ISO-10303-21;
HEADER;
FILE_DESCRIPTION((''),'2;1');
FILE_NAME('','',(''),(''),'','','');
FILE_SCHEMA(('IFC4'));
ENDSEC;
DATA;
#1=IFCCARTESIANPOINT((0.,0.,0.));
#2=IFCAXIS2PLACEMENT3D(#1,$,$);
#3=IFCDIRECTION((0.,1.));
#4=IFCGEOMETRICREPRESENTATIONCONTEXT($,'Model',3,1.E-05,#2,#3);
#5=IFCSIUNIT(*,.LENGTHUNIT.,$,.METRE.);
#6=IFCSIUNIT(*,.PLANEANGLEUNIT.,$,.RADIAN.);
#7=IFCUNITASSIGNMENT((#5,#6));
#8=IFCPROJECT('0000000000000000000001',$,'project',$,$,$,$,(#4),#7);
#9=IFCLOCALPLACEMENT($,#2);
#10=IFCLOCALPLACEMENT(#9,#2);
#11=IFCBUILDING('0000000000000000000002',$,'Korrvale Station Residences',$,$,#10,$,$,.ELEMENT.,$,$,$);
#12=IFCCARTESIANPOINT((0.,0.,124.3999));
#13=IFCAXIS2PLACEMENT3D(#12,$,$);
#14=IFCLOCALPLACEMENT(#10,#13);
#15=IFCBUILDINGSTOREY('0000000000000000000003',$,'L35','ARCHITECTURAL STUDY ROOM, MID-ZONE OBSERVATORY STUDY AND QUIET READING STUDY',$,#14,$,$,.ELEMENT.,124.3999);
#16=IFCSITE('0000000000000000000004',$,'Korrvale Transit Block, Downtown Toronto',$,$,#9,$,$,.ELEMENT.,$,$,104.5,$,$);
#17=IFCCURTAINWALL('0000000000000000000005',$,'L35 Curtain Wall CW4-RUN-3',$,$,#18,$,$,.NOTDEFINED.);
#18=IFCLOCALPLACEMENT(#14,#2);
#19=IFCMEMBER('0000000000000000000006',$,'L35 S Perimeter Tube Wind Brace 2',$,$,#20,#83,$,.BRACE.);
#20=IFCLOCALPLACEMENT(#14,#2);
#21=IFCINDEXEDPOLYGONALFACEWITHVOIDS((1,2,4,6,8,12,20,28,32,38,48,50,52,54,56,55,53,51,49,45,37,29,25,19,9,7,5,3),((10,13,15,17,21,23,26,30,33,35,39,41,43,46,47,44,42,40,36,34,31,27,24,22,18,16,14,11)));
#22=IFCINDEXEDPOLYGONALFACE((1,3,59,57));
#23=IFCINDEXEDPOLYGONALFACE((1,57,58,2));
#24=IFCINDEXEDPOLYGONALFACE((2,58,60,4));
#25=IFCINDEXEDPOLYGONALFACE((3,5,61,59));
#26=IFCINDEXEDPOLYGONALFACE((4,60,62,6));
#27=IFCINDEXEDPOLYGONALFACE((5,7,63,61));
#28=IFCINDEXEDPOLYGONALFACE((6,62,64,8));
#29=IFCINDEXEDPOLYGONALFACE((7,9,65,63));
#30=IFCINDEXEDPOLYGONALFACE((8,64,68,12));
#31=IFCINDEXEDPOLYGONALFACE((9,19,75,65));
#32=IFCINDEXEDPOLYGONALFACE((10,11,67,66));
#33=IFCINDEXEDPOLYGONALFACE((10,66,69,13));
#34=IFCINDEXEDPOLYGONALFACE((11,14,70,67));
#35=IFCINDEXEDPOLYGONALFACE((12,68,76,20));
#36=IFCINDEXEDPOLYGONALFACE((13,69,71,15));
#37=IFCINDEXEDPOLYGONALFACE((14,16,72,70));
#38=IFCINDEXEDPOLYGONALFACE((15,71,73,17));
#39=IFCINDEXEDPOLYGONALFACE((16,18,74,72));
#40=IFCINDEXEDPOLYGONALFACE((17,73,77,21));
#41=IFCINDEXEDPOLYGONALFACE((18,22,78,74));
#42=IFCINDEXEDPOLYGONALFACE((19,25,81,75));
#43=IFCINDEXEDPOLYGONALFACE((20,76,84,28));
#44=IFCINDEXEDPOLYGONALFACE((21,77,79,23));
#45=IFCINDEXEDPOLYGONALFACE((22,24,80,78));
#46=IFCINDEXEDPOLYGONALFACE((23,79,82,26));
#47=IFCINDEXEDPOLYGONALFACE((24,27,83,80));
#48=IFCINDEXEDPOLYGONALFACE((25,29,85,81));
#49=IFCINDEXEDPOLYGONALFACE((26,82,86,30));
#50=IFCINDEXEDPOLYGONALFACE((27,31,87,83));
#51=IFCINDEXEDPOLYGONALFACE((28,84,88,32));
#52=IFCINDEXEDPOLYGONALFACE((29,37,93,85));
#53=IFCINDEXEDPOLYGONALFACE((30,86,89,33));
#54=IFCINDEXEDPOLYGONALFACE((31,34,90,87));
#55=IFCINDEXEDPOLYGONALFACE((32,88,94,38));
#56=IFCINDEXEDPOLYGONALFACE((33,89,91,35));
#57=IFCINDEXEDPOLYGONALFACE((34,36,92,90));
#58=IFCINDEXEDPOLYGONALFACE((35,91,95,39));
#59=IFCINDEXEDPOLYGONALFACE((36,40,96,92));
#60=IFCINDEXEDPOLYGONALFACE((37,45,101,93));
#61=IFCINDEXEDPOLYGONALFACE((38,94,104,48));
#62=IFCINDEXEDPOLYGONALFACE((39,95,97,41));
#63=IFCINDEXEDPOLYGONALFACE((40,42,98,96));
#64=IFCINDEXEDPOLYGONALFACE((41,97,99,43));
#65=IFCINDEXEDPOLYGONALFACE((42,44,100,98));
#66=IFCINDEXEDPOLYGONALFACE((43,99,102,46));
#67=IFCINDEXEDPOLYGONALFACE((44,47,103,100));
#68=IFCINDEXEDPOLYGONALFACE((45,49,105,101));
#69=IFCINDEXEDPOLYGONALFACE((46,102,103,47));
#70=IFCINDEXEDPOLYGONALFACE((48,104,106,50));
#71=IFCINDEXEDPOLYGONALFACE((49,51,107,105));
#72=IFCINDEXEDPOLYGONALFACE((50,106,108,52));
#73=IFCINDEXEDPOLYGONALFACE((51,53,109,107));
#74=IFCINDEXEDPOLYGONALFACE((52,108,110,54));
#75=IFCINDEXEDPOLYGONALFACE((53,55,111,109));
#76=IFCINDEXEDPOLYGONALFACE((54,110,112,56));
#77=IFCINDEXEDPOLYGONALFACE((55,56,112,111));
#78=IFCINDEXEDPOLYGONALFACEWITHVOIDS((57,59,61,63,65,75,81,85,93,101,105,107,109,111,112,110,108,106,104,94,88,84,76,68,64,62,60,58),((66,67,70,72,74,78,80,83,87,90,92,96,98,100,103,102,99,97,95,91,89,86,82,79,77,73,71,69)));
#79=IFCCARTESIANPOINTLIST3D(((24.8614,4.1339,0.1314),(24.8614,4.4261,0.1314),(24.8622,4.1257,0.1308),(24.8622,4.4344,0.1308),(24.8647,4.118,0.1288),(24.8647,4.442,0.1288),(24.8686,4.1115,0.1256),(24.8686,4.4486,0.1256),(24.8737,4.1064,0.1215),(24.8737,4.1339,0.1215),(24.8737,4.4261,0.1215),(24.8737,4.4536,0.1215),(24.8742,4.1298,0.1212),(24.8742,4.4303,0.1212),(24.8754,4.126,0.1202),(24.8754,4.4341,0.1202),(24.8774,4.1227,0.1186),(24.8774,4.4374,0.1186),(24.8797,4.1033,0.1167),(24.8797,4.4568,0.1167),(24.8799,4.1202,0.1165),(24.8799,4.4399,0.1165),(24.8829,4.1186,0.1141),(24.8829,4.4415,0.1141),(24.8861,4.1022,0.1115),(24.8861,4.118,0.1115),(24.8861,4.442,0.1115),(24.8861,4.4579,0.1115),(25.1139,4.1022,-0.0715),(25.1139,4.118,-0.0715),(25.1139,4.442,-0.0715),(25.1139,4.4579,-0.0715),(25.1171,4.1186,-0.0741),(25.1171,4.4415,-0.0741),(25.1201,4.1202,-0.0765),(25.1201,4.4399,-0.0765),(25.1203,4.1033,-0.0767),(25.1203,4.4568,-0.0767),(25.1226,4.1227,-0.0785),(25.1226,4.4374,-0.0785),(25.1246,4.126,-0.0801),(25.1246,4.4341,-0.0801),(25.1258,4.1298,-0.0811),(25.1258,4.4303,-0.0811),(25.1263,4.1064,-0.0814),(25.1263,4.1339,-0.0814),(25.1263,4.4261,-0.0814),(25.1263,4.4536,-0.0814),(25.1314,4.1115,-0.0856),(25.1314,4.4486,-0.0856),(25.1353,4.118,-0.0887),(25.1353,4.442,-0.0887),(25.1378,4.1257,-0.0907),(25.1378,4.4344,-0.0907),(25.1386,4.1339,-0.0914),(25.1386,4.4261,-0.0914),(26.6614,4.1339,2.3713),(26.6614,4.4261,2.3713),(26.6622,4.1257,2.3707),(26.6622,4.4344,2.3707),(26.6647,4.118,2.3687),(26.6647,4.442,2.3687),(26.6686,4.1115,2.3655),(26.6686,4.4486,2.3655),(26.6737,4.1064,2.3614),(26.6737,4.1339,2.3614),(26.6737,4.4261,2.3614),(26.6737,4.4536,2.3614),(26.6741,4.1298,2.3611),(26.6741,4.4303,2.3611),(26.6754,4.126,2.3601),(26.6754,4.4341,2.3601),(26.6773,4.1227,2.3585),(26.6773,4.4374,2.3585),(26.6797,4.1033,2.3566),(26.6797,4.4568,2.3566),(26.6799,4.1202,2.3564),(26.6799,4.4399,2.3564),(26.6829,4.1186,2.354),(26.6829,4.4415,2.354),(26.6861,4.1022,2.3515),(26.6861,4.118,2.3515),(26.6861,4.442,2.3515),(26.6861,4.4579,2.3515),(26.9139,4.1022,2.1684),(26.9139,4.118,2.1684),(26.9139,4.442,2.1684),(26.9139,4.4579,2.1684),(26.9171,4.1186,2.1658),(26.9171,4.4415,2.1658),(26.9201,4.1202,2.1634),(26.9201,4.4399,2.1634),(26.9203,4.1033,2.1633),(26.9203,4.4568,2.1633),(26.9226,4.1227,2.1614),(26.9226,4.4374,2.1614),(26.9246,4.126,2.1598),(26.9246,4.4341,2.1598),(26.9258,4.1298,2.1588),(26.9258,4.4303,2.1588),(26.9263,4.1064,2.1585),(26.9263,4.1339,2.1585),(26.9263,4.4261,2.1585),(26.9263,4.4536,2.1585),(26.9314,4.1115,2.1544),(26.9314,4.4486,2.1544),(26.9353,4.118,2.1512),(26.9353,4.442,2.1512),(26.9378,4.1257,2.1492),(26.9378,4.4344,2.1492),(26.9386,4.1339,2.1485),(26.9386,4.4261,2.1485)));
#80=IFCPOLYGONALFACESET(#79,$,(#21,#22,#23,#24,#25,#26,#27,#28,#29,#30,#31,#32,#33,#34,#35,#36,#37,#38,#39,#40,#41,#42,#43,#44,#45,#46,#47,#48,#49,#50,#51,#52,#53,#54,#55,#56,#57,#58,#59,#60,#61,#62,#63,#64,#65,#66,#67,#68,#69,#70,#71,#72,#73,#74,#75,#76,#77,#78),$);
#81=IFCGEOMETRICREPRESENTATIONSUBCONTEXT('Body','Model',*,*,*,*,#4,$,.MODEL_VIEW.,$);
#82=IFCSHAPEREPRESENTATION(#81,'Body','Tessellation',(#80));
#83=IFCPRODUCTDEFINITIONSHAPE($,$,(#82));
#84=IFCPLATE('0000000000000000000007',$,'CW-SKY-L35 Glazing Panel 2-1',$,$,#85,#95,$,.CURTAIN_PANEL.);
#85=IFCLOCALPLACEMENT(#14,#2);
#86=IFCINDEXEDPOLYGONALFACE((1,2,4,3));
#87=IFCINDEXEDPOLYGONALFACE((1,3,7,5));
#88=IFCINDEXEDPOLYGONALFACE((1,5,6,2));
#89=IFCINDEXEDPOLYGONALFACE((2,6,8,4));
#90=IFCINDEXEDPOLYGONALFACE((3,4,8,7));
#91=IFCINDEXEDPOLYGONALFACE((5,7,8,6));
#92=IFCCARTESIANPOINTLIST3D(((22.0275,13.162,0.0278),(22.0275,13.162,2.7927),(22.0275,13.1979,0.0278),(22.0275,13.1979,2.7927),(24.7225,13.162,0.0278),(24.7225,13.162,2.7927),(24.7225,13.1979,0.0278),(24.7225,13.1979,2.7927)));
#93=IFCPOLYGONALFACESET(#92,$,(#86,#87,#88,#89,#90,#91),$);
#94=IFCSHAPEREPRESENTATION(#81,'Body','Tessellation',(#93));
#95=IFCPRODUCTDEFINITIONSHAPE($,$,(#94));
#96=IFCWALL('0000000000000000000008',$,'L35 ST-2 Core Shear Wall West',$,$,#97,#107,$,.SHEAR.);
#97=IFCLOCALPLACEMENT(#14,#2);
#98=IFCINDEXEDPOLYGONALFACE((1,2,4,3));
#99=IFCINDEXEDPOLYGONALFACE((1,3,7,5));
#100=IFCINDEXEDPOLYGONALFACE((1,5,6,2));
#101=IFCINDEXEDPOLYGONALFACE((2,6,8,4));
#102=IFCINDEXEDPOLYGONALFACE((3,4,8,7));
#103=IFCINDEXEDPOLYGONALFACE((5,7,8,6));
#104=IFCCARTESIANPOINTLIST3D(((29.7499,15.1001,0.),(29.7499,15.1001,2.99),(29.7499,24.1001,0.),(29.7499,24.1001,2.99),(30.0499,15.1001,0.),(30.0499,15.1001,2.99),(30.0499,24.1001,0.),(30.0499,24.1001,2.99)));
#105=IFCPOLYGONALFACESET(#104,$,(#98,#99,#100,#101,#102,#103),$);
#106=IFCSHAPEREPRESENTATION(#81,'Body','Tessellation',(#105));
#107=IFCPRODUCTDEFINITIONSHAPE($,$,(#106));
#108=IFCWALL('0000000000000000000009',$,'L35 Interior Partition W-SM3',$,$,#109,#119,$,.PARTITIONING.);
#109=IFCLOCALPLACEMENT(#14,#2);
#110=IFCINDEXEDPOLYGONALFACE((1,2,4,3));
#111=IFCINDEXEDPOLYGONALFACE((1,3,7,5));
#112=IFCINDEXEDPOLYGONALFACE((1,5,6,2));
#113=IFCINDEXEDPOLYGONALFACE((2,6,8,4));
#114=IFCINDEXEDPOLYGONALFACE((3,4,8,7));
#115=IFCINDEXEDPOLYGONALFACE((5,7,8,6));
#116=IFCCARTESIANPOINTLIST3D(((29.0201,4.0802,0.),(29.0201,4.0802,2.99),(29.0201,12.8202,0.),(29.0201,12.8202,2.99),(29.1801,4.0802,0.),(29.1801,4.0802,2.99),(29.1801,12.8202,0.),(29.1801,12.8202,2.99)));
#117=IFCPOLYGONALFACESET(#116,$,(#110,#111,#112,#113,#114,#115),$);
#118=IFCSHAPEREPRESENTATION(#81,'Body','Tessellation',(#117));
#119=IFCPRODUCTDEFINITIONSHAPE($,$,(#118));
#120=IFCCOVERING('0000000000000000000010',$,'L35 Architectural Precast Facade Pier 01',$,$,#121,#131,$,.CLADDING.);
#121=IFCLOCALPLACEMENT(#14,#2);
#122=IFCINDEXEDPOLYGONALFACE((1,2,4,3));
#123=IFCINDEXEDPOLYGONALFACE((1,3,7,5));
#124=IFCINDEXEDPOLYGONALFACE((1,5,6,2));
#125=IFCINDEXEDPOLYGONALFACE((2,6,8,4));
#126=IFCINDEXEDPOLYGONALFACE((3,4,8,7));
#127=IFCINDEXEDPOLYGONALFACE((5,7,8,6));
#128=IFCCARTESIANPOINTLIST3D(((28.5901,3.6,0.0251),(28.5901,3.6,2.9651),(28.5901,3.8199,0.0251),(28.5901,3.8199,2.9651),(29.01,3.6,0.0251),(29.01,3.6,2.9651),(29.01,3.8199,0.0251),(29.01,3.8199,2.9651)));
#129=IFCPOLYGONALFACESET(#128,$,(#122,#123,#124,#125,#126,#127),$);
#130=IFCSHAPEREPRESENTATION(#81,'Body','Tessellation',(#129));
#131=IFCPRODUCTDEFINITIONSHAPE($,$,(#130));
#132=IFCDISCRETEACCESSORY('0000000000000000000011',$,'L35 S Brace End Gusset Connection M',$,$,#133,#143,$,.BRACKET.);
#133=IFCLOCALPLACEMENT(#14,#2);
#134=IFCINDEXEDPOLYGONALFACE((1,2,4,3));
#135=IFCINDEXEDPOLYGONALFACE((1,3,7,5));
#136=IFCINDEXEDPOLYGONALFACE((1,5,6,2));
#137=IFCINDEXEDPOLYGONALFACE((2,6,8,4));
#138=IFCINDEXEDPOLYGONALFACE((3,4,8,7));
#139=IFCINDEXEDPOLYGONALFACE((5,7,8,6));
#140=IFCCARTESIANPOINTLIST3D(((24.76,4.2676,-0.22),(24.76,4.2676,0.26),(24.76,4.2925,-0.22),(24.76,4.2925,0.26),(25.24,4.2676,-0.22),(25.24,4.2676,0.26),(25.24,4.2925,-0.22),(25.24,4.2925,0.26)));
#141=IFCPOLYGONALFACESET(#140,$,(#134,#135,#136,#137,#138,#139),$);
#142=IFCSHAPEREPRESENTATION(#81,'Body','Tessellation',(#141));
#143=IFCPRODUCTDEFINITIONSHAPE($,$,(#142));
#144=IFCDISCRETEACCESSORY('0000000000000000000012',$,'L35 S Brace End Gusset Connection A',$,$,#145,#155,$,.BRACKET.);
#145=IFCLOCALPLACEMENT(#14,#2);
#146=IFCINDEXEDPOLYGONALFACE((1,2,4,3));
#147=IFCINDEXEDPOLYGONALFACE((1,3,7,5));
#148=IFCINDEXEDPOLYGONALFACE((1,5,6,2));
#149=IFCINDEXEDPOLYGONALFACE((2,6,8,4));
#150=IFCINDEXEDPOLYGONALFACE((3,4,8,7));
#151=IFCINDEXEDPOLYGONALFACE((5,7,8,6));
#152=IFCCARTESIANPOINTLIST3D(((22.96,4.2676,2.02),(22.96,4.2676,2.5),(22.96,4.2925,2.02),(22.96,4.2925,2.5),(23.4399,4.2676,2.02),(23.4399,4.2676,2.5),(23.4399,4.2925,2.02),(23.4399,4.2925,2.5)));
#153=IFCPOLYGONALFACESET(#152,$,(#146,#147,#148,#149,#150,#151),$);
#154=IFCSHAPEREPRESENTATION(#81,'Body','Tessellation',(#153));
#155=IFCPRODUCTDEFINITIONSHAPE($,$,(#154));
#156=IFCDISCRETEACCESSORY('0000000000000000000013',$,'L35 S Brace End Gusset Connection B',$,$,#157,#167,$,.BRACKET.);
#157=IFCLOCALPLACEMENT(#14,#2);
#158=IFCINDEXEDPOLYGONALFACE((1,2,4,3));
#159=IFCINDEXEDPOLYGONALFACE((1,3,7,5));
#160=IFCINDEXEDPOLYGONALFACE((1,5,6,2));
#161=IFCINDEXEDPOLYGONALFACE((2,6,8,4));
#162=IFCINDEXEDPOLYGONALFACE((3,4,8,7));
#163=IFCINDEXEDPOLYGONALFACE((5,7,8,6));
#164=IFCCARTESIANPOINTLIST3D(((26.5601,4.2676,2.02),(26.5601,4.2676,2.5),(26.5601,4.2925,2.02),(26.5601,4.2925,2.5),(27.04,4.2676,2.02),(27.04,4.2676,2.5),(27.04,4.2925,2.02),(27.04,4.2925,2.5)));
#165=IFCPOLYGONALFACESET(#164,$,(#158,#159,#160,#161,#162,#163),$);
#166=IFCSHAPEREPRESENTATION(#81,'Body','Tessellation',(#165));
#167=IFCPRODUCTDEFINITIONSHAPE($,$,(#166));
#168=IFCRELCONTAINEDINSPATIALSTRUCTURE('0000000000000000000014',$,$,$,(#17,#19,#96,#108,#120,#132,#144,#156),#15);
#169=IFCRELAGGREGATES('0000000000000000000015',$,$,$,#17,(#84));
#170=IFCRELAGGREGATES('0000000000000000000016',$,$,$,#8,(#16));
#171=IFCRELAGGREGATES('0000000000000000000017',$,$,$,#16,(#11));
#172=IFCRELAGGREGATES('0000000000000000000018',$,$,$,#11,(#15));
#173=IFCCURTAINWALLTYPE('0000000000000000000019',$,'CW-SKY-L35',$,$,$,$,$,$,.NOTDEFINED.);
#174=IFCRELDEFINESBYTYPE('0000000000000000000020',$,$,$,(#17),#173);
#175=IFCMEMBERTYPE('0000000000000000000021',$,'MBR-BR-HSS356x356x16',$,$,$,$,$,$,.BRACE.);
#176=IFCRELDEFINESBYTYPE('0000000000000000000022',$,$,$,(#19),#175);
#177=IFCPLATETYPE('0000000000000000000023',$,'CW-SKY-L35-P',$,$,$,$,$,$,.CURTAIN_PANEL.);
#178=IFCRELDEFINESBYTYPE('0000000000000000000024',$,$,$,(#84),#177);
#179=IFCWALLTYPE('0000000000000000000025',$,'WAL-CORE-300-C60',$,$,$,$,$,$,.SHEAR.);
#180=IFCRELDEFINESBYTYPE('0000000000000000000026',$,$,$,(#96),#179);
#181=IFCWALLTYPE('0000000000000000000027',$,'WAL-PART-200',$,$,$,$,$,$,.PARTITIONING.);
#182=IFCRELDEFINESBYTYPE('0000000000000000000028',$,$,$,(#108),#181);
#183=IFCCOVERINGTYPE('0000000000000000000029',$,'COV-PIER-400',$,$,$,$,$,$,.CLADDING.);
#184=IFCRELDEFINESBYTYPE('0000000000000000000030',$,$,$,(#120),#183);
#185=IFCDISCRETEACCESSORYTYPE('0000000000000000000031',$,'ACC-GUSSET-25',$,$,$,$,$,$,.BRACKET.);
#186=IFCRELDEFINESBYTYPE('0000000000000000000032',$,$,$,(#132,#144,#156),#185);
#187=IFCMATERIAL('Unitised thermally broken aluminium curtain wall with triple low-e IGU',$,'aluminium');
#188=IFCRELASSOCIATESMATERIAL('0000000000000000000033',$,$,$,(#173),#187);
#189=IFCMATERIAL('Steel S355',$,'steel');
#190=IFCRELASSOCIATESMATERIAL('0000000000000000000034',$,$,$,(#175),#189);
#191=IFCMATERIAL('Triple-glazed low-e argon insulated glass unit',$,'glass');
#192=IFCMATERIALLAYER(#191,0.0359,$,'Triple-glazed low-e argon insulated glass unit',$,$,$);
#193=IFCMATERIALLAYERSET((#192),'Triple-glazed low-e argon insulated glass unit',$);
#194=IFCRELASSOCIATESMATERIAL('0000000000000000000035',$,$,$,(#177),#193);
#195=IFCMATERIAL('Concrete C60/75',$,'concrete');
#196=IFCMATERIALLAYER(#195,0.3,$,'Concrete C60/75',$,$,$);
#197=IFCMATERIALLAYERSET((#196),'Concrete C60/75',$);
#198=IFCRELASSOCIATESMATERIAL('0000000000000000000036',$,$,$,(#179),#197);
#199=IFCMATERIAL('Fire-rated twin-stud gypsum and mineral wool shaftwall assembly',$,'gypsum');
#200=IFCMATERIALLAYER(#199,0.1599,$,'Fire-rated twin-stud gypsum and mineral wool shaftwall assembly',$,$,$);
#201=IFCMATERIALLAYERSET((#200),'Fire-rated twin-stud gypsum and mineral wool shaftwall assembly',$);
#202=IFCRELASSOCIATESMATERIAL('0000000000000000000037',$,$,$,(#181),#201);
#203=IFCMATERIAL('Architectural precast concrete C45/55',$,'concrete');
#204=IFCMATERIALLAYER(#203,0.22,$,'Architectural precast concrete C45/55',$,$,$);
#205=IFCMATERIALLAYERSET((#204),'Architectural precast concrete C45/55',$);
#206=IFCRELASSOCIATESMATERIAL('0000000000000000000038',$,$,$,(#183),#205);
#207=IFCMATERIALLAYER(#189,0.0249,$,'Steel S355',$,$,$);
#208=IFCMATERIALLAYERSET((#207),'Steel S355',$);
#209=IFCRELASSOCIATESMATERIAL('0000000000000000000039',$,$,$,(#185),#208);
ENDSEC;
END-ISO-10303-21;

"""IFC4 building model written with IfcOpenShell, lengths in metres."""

from ifc_helpers import new_model, si_unit, direction, frame, frame_2d, origin, origin_2d, place, context, subcontext, project, spatial, rectangle, hollow_rectangle, extrude, material, layer, layer_set, material_profile, profile_set, type_object, element, aggregate, save


model = new_model("IFC4")

# Units and contexts
model_context = context("Model", 3, precision=1e-05, world=origin(), true_north=direction((0.0, 1.0)))
body_context = subcontext(model_context, "Body", "Model", "MODEL_VIEW")
ifc_project = project(units=[si_unit("LENGTHUNIT", "METRE"), si_unit("PLANEANGLEUNIT", "RADIAN")], contexts=[model_context])

# Site, building, storey
site_placement = place(None, origin())
site = spatial("IfcSite", under=ifc_project, at=site_placement, Name="Korrvale Transit Block, Downtown Toronto", CompositionType="ELEMENT", RefElevation=104.5)
building_placement = place(site_placement, origin())
building = spatial("IfcBuilding", under=site, at=building_placement, Name="Korrvale Station Residences", CompositionType="ELEMENT")
storey_placement = place(building_placement, frame((0.0, 0.0, 124.3999)))
storey = spatial("IfcBuildingStorey", under=building, at=storey_placement, Name="L35", Description="ARCHITECTURAL STUDY ROOM, MID-ZONE OBSERVATORY STUDY AND QUIET READING STUDY", CompositionType="ELEMENT", Elevation=124.3999)

# Shared definitions
ifc_material_1 = material(Name="Concrete C60/75", Category="concrete")

# Curtain wall
ifc_material_2 = material(Name="Unitised thermally broken aluminium curtain wall with triple low-e IGU", Category="aluminium")
curtain_wall_type = type_object("IfcCurtainWallType", Name="CW-SKY-L35", PredefinedType="NOTDEFINED", material=ifc_material_2)
curtain_wall_placement = place(storey_placement, origin())
curtain_wall = element("IfcCurtainWall", 1, at=curtain_wall_placement, inside=storey, type_object=curtain_wall_type, Name="L35 Curtain Wall CW4-RUN-3", PredefinedType="NOTDEFINED")

# Member
ifc_material_3 = material(Name="Steel S355", Category="steel")
ifc_material_profile_1 = material_profile(ifc_material_3, hollow_rectangle(XDim=0.3557, YDim=0.3557, WallThickness=0.0159, InnerFilletRadius=0.0159, OuterFilletRadius=0.0317, at=origin_2d()), Name="HSS356x356x16")
ifc_profile_set_1 = profile_set([ifc_material_profile_1], Name="Steel S355")
member_type_1 = type_object("IfcMemberType", Name="MBR-BR-HSS356x356x16", PredefinedType="BRACE", material=ifc_profile_set_1)
for number, where, z_axis, x_axis, name in (
    (2, (25.0, 4.28, 0.02), (0.626403, 0.0, 0.779499), (0.0, 1.0, 0.0), "L35 S Perimeter Tube Wind Brace 2"),
):
    element("IfcMember", number, at=place(storey_placement, frame(where, z_axis=z_axis, x_axis=x_axis)), inside=storey, type_object=member_type_1, Name=name, PredefinedType="BRACE", context=body_context, shape_type="SweptSolid", body=[
        extrude(hollow_rectangle(XDim=0.3557, YDim=0.3557, WallThickness=0.0159, InnerFilletRadius=0.0159, OuterFilletRadius=0.0317, at=origin_2d()), origin(), (0.0, 0.0, 1.0), 2.8735),
    ])

# Plate
ifc_material_4 = material(Name="Triple-glazed low-e argon insulated glass unit", Category="glass")
ifc_layer_1 = layer(ifc_material_4, 0.0359, Name="Triple-glazed low-e argon insulated glass unit")
ifc_layer_set_1 = layer_set([ifc_layer_1], Name="Triple-glazed low-e argon insulated glass unit")
plate_type = type_object("IfcPlateType", Name="CW-SKY-L35-P", PredefinedType="CURTAIN_PANEL", material=ifc_layer_set_1)
plate_placement = place(storey_placement, frame((23.375, 13.1799, 0.0278), z_axis=(0.0, 0.0, 1.0), x_axis=(1.0, 0.0, 0.0)))
plate = element("IfcPlate", 3, at=plate_placement, type_object=plate_type, Name="CW-SKY-L35 Glazing Panel 2-1", PredefinedType="CURTAIN_PANEL", context=body_context, shape_type="SweptSolid", body=[
    extrude(rectangle(XDim=2.6951, YDim=0.0359, at=origin_2d()), origin(), (0.0, 0.0, 1.0), 2.7649),
])
aggregate(curtain_wall, [plate])

# Walls
ifc_layer_2 = layer(ifc_material_1, 0.3, Name="Concrete C60/75")
ifc_layer_set_2 = layer_set([ifc_layer_2], Name="Concrete C60/75")
wall_type_1 = type_object("IfcWallType", Name="WAL-CORE-300-C60", PredefinedType="SHEAR", material=ifc_layer_set_2)
wall_1_placement = place(storey_placement, frame((29.8999, 15.1001, 0.0), z_axis=(0.0, 0.0, 1.0), x_axis=(0.0, 1.0, 0.0)))
element("IfcWall", 4, at=wall_1_placement, inside=storey, type_object=wall_type_1, Name="L35 ST-2 Core Shear Wall West", PredefinedType="SHEAR", context=body_context, shape_type="SweptSolid", body=[
    extrude(rectangle(XDim=9.0, YDim=0.3, at=frame_2d((4.5, 0.0))), origin(), (0.0, 0.0, 1.0), 2.99),
])
ifc_material_5 = material(Name="Fire-rated twin-stud gypsum and mineral wool shaftwall assembly", Category="gypsum")
ifc_layer_3 = layer(ifc_material_5, 0.1599, Name="Fire-rated twin-stud gypsum and mineral wool shaftwall assembly")
ifc_layer_set_3 = layer_set([ifc_layer_3], Name="Fire-rated twin-stud gypsum and mineral wool shaftwall assembly")
wall_type_2 = type_object("IfcWallType", Name="WAL-PART-200", PredefinedType="PARTITIONING", material=ifc_layer_set_3)
wall_2_placement = place(storey_placement, frame((29.1001, 4.0801, 0.0), z_axis=(0.0, 0.0, 1.0), x_axis=(0.0, 1.0, 0.0)))
element("IfcWall", 5, at=wall_2_placement, inside=storey, type_object=wall_type_2, Name="L35 Interior Partition W-SM3", PredefinedType="PARTITIONING", context=body_context, shape_type="SweptSolid", body=[
    extrude(rectangle(XDim=8.74, YDim=0.1599, at=frame_2d((4.3701, 0.0))), origin(), (0.0, 0.0, 1.0), 2.99),
])

# Covering
ifc_material_6 = material(Name="Architectural precast concrete C45/55", Category="concrete")
ifc_layer_4 = layer(ifc_material_6, 0.22, Name="Architectural precast concrete C45/55")
ifc_layer_set_4 = layer_set([ifc_layer_4], Name="Architectural precast concrete C45/55")
covering_type = type_object("IfcCoveringType", Name="COV-PIER-400", PredefinedType="CLADDING", material=ifc_layer_set_4)
covering_placement = place(storey_placement, frame((28.8, 3.71, 0.0251), z_axis=(0.0, 0.0, 1.0), x_axis=(1.0, 0.0, 0.0)))
element("IfcCovering", 6, at=covering_placement, inside=storey, type_object=covering_type, Name="L35 Architectural Precast Facade Pier 01", PredefinedType="CLADDING", context=body_context, shape_type="SweptSolid", body=[
    extrude(rectangle(XDim=0.4199, YDim=0.22, at=origin_2d()), origin(), (0.0, 0.0, 1.0), 2.9399),
])

# Discrete accessories
ifc_layer_5 = layer(ifc_material_3, 0.0249, Name="Steel S355")
ifc_layer_set_5 = layer_set([ifc_layer_5], Name="Steel S355")
discrete_accessory_type = type_object("IfcDiscreteAccessoryType", Name="ACC-GUSSET-25", PredefinedType="BRACKET", material=ifc_layer_set_5)
for number, where, z_axis, x_axis, name in (
    (7, (25.0, 4.28, -0.22), (0.0, 0.0, 1.0), (1.0, 0.0, 0.0), "L35 S Brace End Gusset Connection M"),
    (8, (23.2, 4.28, 2.02), (0.0, 0.0, 1.0), (1.0, 0.0, 0.0), "L35 S Brace End Gusset Connection A"),
    (9, (26.8, 4.28, 2.02), (0.0, 0.0, 1.0), (1.0, 0.0, 0.0), "L35 S Brace End Gusset Connection B"),
):
    element("IfcDiscreteAccessory", number, at=place(storey_placement, frame(where, z_axis=z_axis, x_axis=x_axis)), inside=storey, type_object=discrete_accessory_type, Name=name, PredefinedType="BRACKET", context=body_context, shape_type="SweptSolid", body=[
        extrude(rectangle(XDim=0.48, YDim=0.0249, at=origin_2d()), origin(), (0.0, 0.0, 1.0), 0.48),
    ])

save(model, "model.ifc")
